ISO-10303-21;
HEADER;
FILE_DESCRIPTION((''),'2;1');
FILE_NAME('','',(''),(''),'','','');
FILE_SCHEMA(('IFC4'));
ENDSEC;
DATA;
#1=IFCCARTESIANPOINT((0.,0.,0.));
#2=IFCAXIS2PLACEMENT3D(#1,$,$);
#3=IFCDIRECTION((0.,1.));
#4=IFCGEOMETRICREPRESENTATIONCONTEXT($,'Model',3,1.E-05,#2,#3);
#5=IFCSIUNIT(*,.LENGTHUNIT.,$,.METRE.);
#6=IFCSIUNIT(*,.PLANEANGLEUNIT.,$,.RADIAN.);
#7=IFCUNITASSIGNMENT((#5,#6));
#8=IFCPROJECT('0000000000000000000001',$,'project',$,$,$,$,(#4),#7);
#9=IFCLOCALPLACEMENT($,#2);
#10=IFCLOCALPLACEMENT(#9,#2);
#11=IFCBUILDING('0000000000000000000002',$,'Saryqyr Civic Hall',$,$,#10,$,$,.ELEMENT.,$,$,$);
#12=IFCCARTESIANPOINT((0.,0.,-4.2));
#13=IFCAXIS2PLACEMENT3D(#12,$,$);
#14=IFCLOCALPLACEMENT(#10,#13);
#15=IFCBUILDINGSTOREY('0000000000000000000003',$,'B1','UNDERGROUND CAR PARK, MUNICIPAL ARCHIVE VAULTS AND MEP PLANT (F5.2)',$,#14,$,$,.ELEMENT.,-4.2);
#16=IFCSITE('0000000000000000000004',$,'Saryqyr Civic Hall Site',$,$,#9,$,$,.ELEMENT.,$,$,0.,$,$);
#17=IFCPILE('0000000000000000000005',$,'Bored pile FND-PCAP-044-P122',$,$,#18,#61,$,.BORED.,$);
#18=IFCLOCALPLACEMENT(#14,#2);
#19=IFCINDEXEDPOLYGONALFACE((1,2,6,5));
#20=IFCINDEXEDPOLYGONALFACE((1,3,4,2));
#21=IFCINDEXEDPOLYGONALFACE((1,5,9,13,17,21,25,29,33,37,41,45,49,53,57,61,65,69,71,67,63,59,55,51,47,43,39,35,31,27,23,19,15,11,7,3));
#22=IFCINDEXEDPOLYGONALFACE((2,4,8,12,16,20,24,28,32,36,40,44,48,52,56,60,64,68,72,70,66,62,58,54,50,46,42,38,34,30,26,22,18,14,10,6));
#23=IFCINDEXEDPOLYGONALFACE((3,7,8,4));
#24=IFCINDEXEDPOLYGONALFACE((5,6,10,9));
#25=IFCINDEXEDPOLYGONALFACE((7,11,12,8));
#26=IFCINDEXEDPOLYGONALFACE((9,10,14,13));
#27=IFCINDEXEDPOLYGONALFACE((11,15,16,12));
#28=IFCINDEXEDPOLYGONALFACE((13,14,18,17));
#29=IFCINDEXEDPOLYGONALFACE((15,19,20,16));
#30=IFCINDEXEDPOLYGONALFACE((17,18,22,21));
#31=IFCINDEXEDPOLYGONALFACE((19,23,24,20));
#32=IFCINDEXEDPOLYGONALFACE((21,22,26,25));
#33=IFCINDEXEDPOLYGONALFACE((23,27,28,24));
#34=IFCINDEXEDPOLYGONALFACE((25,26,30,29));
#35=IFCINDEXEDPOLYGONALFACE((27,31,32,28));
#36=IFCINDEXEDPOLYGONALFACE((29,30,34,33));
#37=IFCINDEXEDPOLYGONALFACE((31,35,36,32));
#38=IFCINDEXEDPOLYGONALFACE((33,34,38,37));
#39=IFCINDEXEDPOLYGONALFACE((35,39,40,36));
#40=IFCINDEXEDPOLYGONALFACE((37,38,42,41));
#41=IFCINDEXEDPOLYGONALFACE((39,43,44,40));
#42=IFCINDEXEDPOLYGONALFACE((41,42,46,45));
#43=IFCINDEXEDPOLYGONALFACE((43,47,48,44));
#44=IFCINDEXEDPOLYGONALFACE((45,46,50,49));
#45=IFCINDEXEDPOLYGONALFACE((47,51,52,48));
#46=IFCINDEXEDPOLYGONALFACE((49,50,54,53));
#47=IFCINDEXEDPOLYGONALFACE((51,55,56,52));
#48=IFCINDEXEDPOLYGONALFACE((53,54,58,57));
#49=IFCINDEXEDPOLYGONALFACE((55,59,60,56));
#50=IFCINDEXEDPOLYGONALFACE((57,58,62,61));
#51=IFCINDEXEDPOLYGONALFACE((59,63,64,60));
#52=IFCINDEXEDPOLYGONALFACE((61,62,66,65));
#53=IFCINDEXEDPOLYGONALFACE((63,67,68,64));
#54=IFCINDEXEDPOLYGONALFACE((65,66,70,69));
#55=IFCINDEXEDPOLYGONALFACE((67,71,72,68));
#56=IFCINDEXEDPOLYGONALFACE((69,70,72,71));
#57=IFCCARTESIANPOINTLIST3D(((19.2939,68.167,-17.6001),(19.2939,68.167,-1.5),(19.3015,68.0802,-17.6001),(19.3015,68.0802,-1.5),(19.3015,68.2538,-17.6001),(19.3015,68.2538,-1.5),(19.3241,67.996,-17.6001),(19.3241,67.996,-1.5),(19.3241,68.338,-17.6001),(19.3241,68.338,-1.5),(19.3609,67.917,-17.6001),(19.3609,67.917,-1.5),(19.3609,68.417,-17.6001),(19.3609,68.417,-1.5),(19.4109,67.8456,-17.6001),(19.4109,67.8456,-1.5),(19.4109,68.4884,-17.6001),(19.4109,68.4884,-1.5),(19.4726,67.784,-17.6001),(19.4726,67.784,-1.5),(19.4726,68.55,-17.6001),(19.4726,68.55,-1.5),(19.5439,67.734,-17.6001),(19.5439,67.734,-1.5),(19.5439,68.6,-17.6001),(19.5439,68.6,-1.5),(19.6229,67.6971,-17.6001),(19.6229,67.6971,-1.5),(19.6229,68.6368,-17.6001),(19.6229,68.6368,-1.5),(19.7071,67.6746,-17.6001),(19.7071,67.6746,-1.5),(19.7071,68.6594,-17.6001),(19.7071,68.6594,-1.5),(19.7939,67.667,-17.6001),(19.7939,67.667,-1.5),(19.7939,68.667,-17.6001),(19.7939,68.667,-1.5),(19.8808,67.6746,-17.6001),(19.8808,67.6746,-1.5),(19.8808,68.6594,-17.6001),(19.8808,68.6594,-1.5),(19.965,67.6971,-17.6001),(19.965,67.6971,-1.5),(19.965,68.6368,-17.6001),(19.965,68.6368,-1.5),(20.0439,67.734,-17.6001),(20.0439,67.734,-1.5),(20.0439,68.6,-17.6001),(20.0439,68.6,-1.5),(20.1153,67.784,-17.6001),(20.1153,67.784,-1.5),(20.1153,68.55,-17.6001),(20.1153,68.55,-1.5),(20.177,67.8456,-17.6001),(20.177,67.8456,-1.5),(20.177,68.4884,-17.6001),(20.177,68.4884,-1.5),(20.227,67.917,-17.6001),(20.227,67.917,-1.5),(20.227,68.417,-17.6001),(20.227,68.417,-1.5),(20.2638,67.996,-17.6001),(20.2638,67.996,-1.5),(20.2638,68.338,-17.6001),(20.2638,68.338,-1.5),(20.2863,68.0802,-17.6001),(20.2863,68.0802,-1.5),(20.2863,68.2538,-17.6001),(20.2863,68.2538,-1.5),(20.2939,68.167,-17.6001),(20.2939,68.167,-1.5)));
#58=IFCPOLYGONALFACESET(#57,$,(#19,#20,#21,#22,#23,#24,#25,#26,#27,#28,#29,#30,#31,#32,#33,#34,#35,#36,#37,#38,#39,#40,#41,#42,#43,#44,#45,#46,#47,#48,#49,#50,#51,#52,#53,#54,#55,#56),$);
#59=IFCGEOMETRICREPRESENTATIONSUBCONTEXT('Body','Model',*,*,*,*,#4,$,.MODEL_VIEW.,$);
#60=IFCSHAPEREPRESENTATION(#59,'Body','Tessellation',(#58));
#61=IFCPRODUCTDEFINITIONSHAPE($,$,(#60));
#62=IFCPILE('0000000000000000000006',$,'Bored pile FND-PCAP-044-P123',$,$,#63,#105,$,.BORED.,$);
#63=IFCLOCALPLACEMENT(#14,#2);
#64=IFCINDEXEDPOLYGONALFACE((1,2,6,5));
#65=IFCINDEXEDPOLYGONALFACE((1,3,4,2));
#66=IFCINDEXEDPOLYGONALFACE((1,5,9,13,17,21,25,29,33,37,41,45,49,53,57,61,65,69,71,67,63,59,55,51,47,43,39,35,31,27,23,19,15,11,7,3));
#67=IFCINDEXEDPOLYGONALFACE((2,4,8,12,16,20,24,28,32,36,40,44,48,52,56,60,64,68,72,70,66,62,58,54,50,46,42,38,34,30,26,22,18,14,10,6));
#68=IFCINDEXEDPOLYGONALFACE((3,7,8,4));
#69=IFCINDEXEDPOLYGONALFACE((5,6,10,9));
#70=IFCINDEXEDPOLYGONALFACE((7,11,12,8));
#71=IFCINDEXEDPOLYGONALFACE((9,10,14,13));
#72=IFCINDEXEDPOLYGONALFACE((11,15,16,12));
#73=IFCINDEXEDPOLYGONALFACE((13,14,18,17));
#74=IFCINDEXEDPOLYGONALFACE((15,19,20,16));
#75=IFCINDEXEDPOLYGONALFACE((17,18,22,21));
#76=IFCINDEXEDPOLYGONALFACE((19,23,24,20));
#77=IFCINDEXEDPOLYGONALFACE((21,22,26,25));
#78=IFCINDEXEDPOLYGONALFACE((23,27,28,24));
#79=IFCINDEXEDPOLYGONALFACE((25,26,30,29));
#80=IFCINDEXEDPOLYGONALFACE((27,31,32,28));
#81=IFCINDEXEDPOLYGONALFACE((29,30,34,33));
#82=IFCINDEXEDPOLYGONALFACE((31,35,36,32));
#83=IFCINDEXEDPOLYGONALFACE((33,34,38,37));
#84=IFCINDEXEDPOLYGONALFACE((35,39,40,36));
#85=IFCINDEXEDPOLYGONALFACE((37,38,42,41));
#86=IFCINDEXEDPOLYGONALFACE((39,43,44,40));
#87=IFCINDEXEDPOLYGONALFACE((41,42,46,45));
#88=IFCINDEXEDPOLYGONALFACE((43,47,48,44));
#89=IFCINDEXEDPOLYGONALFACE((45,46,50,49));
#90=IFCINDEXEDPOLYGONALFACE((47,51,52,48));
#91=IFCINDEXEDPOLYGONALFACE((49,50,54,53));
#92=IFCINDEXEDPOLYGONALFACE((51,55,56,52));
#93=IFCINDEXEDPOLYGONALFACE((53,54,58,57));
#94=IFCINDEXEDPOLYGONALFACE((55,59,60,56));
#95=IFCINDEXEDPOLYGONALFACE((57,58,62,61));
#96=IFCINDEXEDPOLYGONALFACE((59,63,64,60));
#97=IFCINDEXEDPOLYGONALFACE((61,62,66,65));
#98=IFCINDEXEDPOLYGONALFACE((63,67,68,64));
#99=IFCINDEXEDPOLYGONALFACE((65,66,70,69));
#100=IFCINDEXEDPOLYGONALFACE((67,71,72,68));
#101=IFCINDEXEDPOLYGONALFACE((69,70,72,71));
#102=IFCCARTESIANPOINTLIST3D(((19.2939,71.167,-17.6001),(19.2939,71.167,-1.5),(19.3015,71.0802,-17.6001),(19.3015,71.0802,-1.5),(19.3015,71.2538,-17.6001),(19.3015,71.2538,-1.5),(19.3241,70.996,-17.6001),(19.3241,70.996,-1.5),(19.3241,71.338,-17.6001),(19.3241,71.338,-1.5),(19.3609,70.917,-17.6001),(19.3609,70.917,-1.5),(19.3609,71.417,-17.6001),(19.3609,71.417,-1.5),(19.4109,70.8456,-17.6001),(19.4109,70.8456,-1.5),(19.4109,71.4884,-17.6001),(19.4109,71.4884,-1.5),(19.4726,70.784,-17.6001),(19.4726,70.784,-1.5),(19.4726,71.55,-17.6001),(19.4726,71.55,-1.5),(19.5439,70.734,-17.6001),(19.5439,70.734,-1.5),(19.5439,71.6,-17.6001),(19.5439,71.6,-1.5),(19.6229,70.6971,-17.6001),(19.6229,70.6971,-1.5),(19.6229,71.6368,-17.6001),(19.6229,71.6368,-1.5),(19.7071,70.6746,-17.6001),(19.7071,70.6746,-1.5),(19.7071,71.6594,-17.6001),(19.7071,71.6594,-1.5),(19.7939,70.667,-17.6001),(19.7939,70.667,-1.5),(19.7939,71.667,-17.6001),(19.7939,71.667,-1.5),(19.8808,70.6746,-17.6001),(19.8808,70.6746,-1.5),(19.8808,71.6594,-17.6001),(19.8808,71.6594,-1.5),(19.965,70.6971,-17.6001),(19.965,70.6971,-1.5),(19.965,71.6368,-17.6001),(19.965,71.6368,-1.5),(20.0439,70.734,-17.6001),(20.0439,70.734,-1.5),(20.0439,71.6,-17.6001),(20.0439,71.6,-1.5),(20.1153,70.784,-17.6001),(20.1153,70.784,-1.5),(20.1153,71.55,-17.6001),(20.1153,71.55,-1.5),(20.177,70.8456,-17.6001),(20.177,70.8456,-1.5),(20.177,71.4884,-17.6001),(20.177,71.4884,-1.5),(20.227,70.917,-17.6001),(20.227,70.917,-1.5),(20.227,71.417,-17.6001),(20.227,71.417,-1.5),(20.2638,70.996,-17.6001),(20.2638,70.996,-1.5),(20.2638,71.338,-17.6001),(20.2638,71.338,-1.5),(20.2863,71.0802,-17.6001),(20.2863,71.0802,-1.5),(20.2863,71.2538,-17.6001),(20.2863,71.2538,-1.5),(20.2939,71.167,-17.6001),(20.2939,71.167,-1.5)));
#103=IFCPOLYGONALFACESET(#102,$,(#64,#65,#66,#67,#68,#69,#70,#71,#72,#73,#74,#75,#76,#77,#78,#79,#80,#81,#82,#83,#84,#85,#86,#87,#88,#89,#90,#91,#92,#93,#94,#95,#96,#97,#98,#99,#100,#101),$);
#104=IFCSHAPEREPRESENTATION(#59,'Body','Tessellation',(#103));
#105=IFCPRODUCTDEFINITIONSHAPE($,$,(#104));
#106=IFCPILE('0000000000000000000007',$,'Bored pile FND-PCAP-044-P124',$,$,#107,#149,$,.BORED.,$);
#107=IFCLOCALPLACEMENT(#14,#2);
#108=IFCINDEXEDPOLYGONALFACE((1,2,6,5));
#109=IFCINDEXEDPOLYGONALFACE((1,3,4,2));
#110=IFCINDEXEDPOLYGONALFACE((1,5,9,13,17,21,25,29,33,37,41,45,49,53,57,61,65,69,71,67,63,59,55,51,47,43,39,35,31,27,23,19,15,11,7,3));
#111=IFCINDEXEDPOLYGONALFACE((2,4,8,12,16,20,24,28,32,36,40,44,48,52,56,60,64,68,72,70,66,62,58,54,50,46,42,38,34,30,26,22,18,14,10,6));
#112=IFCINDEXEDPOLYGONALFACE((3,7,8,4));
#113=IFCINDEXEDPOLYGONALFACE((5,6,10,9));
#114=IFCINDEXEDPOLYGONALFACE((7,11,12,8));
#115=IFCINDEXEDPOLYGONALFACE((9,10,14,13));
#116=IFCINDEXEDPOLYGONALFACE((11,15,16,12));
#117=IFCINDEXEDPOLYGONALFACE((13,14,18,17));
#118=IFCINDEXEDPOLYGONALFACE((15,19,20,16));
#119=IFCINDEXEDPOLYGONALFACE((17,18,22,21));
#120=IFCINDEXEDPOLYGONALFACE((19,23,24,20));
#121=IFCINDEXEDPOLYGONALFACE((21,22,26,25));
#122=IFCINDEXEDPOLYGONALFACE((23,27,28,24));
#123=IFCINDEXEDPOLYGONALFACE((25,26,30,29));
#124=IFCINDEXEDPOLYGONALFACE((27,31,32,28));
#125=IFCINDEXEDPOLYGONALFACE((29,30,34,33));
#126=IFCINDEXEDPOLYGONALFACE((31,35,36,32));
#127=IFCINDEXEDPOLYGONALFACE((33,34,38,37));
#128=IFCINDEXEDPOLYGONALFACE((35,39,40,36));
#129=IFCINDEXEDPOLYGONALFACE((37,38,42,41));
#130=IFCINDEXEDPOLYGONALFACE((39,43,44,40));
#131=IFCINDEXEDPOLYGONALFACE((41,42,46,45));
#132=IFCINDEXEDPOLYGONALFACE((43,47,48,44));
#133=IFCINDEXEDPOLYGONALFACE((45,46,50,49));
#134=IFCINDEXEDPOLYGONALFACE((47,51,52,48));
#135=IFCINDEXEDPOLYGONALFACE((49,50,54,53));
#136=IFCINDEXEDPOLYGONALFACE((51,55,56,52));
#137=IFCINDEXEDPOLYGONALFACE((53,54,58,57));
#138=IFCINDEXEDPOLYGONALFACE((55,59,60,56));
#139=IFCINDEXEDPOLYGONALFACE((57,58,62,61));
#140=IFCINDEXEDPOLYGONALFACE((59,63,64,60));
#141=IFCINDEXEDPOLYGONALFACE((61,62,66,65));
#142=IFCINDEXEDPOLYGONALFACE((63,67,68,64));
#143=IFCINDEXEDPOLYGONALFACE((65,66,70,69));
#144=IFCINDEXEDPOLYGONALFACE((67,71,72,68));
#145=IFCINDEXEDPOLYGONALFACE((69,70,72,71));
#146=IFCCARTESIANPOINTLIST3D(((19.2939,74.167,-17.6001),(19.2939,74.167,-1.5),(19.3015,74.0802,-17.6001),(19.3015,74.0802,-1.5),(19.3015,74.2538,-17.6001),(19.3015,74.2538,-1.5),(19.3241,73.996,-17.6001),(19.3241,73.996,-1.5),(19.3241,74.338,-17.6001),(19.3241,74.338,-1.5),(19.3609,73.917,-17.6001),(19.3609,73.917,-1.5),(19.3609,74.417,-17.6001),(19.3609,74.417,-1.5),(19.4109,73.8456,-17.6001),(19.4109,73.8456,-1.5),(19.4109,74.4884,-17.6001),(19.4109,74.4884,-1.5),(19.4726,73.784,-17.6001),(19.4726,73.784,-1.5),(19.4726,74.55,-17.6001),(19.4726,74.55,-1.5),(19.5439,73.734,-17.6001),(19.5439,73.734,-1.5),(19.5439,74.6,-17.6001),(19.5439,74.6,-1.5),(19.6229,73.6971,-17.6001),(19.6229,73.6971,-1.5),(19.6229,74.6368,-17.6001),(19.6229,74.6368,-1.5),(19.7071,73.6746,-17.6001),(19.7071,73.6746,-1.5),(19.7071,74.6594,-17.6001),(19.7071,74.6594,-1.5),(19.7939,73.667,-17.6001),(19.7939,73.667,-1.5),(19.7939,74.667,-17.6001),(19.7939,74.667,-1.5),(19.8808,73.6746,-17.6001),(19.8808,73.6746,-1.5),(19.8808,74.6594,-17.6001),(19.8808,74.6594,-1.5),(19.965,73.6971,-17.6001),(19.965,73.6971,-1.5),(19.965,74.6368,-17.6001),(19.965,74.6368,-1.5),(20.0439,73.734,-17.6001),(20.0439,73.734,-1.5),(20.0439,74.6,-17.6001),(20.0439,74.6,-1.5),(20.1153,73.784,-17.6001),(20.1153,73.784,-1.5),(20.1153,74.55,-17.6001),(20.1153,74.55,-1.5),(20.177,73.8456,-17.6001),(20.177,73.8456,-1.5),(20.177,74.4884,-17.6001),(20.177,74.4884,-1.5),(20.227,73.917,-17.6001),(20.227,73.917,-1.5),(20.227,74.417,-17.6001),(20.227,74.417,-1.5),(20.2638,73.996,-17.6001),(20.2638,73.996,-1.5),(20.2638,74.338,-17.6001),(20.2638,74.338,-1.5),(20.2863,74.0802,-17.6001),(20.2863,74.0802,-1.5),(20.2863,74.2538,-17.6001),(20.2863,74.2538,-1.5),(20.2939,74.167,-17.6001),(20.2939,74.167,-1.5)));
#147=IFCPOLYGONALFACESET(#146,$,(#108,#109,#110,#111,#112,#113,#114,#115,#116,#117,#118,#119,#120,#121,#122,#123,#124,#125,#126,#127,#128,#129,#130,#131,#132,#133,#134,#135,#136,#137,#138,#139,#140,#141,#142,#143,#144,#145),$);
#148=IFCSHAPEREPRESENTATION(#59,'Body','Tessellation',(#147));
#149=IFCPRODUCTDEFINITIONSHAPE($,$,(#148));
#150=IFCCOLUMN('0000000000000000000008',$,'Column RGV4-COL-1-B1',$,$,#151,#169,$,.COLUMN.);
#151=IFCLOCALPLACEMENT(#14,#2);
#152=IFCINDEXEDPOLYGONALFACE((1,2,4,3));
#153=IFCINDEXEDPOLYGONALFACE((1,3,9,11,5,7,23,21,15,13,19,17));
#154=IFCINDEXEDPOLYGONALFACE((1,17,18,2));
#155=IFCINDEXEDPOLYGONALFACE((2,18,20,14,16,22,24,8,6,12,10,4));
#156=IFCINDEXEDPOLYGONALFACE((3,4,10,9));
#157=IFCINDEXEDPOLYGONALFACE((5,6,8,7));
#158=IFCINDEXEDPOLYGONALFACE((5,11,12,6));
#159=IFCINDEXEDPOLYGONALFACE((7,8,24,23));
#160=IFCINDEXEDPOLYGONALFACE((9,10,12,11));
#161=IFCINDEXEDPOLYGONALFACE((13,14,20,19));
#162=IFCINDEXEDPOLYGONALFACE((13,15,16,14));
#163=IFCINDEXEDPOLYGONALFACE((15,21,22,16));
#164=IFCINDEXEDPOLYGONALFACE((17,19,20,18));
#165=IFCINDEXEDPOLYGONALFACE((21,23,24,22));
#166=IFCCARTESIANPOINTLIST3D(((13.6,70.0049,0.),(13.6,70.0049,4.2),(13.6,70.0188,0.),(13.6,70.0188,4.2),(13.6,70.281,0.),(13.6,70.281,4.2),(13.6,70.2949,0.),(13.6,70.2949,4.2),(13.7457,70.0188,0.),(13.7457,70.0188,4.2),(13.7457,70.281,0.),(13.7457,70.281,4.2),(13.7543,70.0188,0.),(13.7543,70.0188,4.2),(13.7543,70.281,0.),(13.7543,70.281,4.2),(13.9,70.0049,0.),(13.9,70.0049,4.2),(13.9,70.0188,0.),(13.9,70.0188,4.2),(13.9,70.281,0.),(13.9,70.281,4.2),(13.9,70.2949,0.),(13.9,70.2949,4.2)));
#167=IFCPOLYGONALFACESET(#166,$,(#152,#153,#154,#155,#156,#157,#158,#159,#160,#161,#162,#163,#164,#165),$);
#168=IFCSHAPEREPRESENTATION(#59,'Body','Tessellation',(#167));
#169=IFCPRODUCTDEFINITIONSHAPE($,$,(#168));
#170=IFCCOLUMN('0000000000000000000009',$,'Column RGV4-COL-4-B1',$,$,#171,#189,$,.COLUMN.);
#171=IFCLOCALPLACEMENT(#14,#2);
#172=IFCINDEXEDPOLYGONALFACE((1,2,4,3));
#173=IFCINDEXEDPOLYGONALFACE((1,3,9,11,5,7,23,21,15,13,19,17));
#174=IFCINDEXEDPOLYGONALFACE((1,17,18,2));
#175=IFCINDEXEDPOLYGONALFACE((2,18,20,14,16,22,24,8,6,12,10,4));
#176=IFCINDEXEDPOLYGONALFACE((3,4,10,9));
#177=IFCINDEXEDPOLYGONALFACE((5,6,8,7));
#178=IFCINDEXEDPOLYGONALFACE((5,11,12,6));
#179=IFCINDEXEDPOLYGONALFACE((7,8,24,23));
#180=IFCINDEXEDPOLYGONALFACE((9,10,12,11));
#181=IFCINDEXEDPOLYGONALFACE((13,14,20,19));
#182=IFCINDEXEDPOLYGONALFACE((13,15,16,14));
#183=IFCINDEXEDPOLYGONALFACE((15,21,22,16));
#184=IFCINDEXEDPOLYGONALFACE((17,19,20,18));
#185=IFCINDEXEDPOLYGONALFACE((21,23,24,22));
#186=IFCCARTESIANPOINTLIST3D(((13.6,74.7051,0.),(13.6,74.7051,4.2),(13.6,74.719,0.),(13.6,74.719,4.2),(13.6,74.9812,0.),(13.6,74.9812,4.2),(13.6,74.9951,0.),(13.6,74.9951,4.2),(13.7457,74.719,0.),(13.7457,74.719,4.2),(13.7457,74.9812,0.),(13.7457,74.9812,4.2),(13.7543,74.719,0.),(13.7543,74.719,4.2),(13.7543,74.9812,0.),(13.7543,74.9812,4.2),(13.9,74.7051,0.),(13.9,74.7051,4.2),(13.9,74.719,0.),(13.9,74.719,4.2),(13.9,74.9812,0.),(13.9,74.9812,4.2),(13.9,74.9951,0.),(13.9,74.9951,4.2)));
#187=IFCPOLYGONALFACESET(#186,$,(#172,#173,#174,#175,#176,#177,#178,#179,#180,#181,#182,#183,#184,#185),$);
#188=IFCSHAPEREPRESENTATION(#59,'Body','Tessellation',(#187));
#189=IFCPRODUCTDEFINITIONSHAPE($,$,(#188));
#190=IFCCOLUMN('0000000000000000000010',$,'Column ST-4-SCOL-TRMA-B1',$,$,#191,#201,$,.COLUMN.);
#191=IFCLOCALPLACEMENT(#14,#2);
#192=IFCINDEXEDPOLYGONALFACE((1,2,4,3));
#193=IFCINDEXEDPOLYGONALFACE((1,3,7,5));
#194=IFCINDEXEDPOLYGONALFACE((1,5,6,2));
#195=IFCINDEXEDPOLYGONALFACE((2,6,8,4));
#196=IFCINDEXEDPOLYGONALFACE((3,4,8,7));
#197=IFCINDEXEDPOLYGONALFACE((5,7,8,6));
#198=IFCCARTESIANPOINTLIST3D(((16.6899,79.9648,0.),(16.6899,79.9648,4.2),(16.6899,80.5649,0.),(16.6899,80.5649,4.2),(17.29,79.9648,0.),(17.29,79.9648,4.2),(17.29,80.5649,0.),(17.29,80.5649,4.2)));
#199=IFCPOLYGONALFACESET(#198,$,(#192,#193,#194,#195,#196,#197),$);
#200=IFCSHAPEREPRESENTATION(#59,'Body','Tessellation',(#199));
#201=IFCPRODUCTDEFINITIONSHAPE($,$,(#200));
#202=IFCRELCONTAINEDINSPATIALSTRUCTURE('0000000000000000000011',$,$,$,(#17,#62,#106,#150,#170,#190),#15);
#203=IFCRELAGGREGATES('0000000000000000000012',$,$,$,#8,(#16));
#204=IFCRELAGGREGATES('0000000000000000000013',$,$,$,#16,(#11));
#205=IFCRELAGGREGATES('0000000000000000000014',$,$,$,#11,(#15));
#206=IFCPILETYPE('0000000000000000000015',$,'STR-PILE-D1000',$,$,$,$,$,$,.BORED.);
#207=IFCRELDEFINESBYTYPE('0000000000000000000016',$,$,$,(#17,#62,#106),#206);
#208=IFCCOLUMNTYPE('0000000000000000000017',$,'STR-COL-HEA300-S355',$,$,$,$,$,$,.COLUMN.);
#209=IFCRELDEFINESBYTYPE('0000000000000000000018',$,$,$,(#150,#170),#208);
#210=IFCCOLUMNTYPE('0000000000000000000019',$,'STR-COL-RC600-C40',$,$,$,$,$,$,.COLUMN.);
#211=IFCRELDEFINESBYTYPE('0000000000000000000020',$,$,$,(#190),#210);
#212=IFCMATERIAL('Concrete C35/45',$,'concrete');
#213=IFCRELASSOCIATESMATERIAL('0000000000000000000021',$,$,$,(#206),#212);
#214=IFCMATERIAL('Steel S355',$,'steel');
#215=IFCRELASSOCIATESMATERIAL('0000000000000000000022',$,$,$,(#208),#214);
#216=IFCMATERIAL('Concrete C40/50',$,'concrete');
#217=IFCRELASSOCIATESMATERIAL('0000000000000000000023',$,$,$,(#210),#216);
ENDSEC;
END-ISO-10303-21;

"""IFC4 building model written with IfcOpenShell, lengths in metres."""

from ifc_helpers import new_model, si_unit, direction, frame, origin, origin_2d, place, context, subcontext, project, spatial, rectangle, circle, i_section, extrude, material, material_profile, profile_set, type_object, element, save


model = new_model("IFC4")

# Units and contexts
model_context = context("Model", 3, precision=1e-05, world=origin(), true_north=direction((0.0, 1.0)))
body_context = subcontext(model_context, "Body", "Model", "MODEL_VIEW")
ifc_project = project(units=[si_unit("LENGTHUNIT", "METRE"), si_unit("PLANEANGLEUNIT", "RADIAN")], contexts=[model_context])

# Site, building, storey
site_placement = place(None, origin())
site = spatial("IfcSite", under=ifc_project, at=site_placement, Name="Saryqyr Civic Hall Site", CompositionType="ELEMENT", RefElevation=0.0)
building_placement = place(site_placement, origin())
building = spatial("IfcBuilding", under=site, at=building_placement, Name="Saryqyr Civic Hall", CompositionType="ELEMENT")
storey_placement = place(building_placement, frame((0.0, 0.0, -4.2)))
storey = spatial("IfcBuildingStorey", under=building, at=storey_placement, Name="B1", Description="UNDERGROUND CAR PARK, MUNICIPAL ARCHIVE VAULTS AND MEP PLANT (F5.2)", CompositionType="ELEMENT", Elevation=-4.2)

# Piles
ifc_material_1 = material(Name="Concrete C35/45", Category="concrete")
ifc_material_profile_1 = material_profile(ifc_material_1, circle(Radius=0.5, at=origin_2d()), Name="BORED PILE D1000")
ifc_profile_set_1 = profile_set([ifc_material_profile_1], Name="Concrete C35/45")
pile_type = type_object("IfcPileType", Name="STR-PILE-D1000", PredefinedType="BORED", material=ifc_profile_set_1)
for number, where, z_axis, x_axis, name in (
    (1, (19.7939, 68.167, -1.5), (0.0, 0.0, -1.0), (1.0, 0.0, 0.0), "Bored pile FND-PCAP-044-P122"),
    (2, (19.7939, 71.167, -1.5), (0.0, 0.0, -1.0), (1.0, 0.0, 0.0), "Bored pile FND-PCAP-044-P123"),
    (3, (19.7939, 74.167, -1.5), (0.0, 0.0, -1.0), (1.0, 0.0, 0.0), "Bored pile FND-PCAP-044-P124"),
):
    element("IfcPile", number, at=place(storey_placement, frame(where, z_axis=z_axis, x_axis=x_axis)), inside=storey, type_object=pile_type, Name=name, PredefinedType="BORED", context=body_context, shape_type="SweptSolid", body=[
        extrude(circle(Radius=0.5, at=origin_2d()), origin(), (0.0, 0.0, 1.0), 16.1001),
    ])

# Columns
ifc_material_2 = material(Name="Steel S355", Category="steel")
ifc_material_profile_2 = material_profile(ifc_material_2, i_section(OverallWidth=0.3, OverallDepth=0.29, WebThickness=0.0085, FlangeThickness=0.0139, at=origin_2d()), Name="HEA 300")
ifc_profile_set_2 = profile_set([ifc_material_profile_2], Name="Steel S355")
column_type_1 = type_object("IfcColumnType", Name="STR-COL-HEA300-S355", PredefinedType="COLUMN", material=ifc_profile_set_2)
for number, where, z_axis, x_axis, name in (
    (4, (13.75, 70.1499, 0.0), (0.0, 0.0, 1.0), (1.0, 0.0, 0.0), "Column RGV4-COL-1-B1"),
    (5, (13.75, 74.8501, 0.0), (0.0, 0.0, 1.0), (1.0, 0.0, 0.0), "Column RGV4-COL-4-B1"),
):
    element("IfcColumn", number, at=place(storey_placement, frame(where, z_axis=z_axis, x_axis=x_axis)), inside=storey, type_object=column_type_1, Name=name, PredefinedType="COLUMN", context=body_context, shape_type="SweptSolid", body=[
        extrude(i_section(OverallWidth=0.3, OverallDepth=0.29, WebThickness=0.0085, FlangeThickness=0.0139, at=origin_2d()), origin(), (0.0, 0.0, 1.0), 4.2),
    ])
ifc_material_3 = material(Name="Concrete C40/50", Category="concrete")
ifc_material_profile_3 = material_profile(ifc_material_3, rectangle(XDim=0.6001, YDim=0.6001, at=origin_2d()), Name="RC 600x600")
ifc_profile_set_3 = profile_set([ifc_material_profile_3], Name="Concrete C40/50")
column_type_2 = type_object("IfcColumnType", Name="STR-COL-RC600-C40", PredefinedType="COLUMN", material=ifc_profile_set_3)
for number, where, z_axis, x_axis, name in (
    (6, (16.99, 80.2649, 0.0), (0.0, 0.0, 1.0), (1.0, 0.0, 0.0), "Column ST-4-SCOL-TRMA-B1"),
):
    element("IfcColumn", number, at=place(storey_placement, frame(where, z_axis=z_axis, x_axis=x_axis)), inside=storey, type_object=column_type_2, Name=name, PredefinedType="COLUMN", context=body_context, shape_type="SweptSolid", body=[
        extrude(rectangle(XDim=0.6001, YDim=0.6001, at=origin_2d()), origin(), (0.0, 0.0, 1.0), 4.2),
    ])

save(model, "model.ifc")
